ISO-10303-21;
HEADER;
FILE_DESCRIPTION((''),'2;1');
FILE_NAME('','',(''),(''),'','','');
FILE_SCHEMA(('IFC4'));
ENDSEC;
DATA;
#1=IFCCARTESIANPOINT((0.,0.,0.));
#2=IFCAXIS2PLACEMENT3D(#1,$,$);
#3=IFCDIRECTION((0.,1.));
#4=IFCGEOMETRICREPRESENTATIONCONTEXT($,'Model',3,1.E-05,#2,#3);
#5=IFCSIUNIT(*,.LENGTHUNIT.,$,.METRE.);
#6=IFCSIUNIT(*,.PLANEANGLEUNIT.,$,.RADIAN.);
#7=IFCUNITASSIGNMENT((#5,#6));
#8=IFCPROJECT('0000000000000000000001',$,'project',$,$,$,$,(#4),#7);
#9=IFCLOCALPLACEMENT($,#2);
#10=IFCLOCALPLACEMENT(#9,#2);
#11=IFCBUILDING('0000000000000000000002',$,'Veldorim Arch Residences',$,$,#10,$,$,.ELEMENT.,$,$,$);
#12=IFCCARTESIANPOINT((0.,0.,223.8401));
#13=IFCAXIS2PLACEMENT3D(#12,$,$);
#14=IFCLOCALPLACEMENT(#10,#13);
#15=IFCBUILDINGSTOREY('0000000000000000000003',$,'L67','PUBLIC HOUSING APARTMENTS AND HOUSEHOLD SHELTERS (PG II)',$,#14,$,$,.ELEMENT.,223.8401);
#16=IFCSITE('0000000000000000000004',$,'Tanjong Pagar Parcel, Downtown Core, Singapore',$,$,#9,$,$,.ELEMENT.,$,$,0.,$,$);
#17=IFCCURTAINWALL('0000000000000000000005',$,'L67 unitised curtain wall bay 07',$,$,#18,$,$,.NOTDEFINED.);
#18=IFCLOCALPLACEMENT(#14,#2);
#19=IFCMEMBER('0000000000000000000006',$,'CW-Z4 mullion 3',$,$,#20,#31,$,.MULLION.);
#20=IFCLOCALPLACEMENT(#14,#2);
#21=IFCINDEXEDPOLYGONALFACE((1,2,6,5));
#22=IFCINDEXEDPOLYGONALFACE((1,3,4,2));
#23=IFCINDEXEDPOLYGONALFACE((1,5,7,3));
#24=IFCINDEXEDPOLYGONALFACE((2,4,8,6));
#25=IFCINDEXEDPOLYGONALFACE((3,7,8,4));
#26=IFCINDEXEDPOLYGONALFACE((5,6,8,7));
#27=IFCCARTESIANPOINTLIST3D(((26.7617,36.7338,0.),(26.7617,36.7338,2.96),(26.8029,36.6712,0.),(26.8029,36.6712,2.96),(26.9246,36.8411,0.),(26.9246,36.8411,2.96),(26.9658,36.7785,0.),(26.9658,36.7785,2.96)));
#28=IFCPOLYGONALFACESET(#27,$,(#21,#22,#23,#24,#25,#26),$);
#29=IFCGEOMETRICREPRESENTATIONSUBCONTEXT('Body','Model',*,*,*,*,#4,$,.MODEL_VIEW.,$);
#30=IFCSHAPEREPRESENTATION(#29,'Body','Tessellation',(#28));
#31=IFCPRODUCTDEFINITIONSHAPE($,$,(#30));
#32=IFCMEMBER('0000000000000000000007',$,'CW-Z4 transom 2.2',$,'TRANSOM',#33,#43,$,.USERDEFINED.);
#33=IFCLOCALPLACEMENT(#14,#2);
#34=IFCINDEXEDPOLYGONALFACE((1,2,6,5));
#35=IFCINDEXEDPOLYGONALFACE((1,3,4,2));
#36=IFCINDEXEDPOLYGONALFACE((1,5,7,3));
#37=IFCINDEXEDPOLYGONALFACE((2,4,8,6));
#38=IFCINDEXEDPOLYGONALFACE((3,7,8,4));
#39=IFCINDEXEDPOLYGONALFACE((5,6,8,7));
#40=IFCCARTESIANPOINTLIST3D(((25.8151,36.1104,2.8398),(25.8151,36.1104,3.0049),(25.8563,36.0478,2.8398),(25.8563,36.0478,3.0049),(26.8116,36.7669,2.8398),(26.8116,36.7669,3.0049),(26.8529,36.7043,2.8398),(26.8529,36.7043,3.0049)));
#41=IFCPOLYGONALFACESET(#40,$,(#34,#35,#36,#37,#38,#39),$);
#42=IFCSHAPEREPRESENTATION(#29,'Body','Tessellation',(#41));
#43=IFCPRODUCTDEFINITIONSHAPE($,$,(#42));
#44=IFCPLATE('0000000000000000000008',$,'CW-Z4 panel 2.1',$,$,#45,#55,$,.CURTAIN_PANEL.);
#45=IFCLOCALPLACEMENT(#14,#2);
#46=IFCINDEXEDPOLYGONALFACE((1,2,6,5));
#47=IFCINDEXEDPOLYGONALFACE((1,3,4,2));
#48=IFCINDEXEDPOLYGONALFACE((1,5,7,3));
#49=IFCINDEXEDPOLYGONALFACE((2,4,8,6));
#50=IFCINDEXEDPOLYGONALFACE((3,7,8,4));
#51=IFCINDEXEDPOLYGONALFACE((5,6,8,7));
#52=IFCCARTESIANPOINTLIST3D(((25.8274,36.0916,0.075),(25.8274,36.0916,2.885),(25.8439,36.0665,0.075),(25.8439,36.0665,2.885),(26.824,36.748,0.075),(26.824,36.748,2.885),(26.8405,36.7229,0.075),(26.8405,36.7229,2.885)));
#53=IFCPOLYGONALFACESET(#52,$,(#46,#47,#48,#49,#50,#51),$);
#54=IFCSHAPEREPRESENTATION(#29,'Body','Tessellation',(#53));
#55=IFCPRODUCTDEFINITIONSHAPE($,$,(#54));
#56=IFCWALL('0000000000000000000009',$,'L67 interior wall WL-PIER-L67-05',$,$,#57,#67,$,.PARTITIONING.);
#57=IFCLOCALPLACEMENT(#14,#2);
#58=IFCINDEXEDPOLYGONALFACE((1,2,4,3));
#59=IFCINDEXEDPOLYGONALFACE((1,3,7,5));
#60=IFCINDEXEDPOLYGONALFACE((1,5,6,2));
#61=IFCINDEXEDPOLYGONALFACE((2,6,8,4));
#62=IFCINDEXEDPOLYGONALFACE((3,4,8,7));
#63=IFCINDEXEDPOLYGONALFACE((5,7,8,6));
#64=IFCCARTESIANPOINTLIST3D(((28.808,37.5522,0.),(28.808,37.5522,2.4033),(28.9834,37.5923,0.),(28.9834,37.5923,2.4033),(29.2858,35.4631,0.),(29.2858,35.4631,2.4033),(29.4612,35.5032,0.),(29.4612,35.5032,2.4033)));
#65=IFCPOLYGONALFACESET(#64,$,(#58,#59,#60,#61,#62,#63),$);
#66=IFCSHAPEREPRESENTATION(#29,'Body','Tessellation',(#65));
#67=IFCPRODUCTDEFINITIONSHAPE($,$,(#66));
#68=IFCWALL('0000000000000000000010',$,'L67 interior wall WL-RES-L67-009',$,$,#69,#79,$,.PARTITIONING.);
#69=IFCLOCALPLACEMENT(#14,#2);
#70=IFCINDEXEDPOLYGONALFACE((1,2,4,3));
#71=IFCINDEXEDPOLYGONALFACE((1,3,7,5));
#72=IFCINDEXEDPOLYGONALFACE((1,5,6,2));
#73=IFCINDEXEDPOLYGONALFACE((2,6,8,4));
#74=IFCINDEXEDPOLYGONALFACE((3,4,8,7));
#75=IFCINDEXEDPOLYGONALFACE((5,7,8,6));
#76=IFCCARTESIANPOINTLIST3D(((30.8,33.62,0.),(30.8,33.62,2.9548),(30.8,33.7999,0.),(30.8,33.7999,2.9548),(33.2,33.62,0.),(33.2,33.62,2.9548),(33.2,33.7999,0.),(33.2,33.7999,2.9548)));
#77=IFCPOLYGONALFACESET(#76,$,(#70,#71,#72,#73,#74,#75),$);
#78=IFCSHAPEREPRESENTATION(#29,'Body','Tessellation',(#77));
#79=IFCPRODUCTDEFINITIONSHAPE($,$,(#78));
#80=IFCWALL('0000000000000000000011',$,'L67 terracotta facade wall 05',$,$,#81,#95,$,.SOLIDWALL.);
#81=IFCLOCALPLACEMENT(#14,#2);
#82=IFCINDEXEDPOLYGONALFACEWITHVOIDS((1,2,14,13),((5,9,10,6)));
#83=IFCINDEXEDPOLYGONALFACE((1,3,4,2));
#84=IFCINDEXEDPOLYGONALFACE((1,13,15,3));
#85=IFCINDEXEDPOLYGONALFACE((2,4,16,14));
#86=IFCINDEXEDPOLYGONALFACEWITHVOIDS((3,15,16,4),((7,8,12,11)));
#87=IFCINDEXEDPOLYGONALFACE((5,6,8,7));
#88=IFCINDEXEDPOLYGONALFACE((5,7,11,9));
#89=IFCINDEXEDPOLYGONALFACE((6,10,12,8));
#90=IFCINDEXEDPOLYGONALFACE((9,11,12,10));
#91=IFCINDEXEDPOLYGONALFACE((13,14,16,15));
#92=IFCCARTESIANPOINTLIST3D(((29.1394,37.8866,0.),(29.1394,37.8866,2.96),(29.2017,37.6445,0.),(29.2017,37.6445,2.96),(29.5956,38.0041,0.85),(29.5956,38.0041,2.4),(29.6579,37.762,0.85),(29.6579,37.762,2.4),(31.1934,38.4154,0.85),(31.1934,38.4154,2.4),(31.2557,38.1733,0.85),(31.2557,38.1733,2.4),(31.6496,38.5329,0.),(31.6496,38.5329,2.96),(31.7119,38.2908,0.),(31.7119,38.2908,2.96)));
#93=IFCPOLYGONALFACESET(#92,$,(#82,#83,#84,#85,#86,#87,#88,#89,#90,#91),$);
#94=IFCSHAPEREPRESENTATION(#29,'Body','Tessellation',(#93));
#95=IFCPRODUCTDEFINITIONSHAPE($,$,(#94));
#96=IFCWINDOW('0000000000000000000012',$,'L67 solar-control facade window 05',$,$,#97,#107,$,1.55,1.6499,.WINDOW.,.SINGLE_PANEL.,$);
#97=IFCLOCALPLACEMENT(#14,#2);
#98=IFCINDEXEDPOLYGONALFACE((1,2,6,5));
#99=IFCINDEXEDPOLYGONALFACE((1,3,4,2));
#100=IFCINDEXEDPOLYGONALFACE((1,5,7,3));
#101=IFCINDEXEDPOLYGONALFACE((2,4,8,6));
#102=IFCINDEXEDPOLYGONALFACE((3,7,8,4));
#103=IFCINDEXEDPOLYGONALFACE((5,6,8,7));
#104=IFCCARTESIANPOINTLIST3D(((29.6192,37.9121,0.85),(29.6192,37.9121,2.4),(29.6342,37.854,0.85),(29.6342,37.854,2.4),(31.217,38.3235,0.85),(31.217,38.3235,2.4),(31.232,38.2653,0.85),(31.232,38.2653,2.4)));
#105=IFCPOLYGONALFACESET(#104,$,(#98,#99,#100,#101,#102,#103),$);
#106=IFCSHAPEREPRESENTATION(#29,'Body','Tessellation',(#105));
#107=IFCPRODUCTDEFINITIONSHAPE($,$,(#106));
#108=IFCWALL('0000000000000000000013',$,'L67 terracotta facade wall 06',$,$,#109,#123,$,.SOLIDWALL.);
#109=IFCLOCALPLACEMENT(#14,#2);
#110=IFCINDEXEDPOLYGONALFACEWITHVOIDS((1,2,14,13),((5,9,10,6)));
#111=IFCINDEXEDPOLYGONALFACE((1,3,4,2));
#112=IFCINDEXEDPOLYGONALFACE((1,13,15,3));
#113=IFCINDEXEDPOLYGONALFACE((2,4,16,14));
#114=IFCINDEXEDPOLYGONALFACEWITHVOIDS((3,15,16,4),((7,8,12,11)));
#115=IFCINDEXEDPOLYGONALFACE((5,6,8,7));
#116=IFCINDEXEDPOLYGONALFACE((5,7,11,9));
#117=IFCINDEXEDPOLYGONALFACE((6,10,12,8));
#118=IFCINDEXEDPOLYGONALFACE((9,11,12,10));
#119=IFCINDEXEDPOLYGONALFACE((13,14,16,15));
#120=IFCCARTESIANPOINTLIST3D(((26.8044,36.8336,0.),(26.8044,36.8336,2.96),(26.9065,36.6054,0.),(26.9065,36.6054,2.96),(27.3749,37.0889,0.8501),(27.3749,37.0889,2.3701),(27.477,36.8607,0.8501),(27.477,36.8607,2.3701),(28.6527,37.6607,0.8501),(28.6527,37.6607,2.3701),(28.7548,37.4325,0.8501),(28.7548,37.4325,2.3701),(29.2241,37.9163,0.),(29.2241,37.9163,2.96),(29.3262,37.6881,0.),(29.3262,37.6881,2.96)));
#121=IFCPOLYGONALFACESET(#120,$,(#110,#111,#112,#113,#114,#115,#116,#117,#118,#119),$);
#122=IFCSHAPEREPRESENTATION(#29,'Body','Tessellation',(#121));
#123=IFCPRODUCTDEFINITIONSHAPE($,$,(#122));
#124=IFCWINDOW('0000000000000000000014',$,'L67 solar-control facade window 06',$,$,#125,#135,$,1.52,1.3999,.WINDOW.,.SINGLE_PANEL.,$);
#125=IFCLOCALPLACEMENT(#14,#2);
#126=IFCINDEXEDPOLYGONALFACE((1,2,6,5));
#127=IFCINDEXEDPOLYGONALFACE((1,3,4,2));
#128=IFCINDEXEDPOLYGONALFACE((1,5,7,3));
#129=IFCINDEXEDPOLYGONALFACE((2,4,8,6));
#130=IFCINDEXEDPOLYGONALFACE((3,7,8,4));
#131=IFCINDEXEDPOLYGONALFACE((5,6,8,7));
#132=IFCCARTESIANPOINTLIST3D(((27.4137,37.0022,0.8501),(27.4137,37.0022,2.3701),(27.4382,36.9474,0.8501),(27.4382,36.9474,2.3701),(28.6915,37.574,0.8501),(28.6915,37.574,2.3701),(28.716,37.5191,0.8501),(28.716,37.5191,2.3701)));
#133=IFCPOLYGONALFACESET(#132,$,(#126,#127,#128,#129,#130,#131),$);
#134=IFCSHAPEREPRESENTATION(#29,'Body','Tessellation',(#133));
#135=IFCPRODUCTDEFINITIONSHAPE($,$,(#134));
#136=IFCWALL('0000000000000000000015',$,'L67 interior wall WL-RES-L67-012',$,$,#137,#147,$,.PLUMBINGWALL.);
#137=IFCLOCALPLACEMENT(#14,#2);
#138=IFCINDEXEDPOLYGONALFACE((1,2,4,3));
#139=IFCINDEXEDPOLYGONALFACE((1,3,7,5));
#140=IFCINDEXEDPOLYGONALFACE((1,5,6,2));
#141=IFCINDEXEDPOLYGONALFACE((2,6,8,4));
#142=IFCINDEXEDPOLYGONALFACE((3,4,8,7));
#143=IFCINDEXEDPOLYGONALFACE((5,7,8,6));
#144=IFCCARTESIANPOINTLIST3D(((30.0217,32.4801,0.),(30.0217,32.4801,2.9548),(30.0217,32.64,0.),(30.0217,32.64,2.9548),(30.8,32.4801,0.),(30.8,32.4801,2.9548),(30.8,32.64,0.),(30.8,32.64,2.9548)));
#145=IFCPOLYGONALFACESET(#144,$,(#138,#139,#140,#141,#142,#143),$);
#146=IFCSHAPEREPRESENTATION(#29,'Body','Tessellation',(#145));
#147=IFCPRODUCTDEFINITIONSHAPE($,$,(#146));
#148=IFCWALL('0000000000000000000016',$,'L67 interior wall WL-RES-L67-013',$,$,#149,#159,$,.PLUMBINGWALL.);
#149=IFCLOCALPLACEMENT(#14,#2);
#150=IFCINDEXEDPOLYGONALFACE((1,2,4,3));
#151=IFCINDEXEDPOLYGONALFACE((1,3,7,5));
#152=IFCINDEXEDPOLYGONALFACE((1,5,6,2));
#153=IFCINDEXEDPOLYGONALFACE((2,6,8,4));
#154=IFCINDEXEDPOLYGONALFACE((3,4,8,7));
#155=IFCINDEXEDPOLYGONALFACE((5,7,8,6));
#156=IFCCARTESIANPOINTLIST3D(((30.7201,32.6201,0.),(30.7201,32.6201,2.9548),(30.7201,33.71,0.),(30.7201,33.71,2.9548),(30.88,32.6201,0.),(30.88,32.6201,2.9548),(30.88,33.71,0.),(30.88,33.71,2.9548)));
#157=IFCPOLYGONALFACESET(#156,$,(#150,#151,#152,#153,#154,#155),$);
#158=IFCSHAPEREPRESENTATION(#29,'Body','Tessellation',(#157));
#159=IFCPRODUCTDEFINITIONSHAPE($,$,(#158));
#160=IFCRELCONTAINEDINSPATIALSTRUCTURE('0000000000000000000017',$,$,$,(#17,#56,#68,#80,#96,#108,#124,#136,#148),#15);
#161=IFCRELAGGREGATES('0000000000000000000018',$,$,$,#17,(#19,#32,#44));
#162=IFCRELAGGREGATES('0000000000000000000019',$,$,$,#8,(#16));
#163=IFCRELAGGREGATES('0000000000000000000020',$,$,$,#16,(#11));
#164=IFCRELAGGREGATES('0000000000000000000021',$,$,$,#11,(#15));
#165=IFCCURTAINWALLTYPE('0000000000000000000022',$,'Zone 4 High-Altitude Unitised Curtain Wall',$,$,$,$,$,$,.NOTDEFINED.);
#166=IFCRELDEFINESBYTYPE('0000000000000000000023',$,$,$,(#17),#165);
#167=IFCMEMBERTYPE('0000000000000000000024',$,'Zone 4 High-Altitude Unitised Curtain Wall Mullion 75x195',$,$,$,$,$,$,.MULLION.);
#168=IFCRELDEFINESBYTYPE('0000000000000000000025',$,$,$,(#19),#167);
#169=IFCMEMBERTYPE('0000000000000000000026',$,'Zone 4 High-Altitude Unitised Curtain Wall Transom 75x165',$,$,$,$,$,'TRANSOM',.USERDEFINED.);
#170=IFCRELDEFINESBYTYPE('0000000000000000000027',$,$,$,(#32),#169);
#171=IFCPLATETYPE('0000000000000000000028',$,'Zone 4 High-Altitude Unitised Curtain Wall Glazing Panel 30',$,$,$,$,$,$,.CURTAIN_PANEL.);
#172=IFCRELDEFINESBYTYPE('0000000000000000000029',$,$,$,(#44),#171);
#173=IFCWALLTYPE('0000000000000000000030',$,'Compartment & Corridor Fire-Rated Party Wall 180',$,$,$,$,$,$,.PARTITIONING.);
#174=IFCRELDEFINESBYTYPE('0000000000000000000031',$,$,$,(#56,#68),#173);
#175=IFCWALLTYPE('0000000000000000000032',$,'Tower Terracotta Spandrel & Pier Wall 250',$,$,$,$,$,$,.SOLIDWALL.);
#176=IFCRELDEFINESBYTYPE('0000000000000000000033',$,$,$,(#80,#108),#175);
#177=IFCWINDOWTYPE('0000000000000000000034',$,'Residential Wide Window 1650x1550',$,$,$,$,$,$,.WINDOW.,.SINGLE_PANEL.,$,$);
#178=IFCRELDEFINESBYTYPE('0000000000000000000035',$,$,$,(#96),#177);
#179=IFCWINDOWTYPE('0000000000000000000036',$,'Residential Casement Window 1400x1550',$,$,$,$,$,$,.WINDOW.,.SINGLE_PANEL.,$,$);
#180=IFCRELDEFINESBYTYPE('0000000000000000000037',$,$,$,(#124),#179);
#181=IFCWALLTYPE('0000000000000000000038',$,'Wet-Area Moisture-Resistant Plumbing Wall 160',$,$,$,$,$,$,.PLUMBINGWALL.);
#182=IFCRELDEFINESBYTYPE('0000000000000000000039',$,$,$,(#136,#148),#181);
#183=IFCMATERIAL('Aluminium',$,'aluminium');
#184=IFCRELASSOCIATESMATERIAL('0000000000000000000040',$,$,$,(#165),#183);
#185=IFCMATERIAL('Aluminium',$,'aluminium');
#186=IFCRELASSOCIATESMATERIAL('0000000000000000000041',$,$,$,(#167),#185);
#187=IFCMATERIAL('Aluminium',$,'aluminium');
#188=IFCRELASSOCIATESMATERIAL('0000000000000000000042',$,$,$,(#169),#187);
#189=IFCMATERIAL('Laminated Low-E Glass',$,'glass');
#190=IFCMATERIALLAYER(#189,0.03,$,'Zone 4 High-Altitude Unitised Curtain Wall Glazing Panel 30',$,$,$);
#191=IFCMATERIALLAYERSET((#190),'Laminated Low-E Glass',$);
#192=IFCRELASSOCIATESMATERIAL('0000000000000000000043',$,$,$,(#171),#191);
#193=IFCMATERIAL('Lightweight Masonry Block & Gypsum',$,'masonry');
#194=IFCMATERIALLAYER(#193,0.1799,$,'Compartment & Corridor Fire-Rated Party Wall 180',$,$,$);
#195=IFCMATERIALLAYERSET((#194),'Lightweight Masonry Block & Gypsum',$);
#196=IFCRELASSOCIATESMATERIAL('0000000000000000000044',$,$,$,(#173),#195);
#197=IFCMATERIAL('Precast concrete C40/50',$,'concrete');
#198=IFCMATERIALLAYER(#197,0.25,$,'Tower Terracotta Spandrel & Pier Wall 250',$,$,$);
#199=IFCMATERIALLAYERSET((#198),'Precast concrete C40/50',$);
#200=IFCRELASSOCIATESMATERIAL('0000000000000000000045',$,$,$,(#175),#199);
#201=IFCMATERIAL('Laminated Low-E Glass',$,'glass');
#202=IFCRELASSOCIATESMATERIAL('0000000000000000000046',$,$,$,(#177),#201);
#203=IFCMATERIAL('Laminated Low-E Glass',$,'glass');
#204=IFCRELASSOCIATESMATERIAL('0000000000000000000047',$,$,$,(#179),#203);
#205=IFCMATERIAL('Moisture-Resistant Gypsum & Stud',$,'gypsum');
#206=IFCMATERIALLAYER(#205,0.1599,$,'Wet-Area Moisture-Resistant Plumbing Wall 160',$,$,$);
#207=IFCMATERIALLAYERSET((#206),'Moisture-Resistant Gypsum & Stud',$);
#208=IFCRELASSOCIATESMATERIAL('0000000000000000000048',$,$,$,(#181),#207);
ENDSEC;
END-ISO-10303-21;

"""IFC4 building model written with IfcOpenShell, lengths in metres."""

from ifc_helpers import new_model, si_unit, direction, frame, frame_2d, origin, origin_2d, place, context, subcontext, project, spatial, rectangle, extrude, material, layer, layer_set, material_profile, profile_set, type_object, element, fill, aggregate, save


model = new_model("IFC4")

# Units and contexts
model_context = context("Model", 3, precision=1e-05, world=origin(), true_north=direction((0.0, 1.0)))
body_context = subcontext(model_context, "Body", "Model", "MODEL_VIEW")
ifc_project = project(units=[si_unit("LENGTHUNIT", "METRE"), si_unit("PLANEANGLEUNIT", "RADIAN")], contexts=[model_context])

# Site, building, storey
site_placement = place(None, origin())
site = spatial("IfcSite", under=ifc_project, at=site_placement, Name="Tanjong Pagar Parcel, Downtown Core, Singapore", CompositionType="ELEMENT", RefElevation=0.0)
building_placement = place(site_placement, origin())
building = spatial("IfcBuilding", under=site, at=building_placement, Name="Veldorim Arch Residences", CompositionType="ELEMENT")
storey_placement = place(building_placement, frame((0.0, 0.0, 223.8401)))
storey = spatial("IfcBuildingStorey", under=building, at=storey_placement, Name="L67", Description="PUBLIC HOUSING APARTMENTS AND HOUSEHOLD SHELTERS (PG II)", CompositionType="ELEMENT", Elevation=223.8401)

# Curtain wall, members, plate
ifc_material_1 = material(Name="Aluminium", Category="aluminium")
curtain_wall_type = type_object("IfcCurtainWallType", Name="Zone 4 High-Altitude Unitised Curtain Wall", PredefinedType="NOTDEFINED", material=ifc_material_1)
curtain_wall_placement = place(storey_placement, origin())
curtain_wall = element("IfcCurtainWall", 1, at=curtain_wall_placement, inside=storey, type_object=curtain_wall_type, Name="L67 unitised curtain wall bay 07", PredefinedType="NOTDEFINED")
ifc_material_2 = material(Name="Aluminium", Category="aluminium")
ifc_material_profile_1 = material_profile(ifc_material_2, rectangle(XDim=0.075, YDim=0.1951, at=origin_2d()), Name="ALU_MUL_75x195")
ifc_profile_set_1 = profile_set([ifc_material_profile_1], Name="Aluminium")
member_type_1 = type_object("IfcMemberType", Name="Zone 4 High-Altitude Unitised Curtain Wall Mullion 75x195", PredefinedType="MULLION", material=ifc_profile_set_1)
member_1_placement = place(storey_placement, frame((26.8638, 36.7561, 0.0), z_axis=(0.0, 0.0, 1.0), x_axis=(-0.550062, 0.835124, 0.0)))
member_1 = element("IfcMember", 2, at=member_1_placement, type_object=member_type_1, Name="CW-Z4 mullion 3", PredefinedType="MULLION", context=body_context, shape_type="SweptSolid", body=[
    extrude(rectangle(XDim=0.075, YDim=0.1951, at=origin_2d()), origin(), (0.0, 0.0, 1.0), 2.96),
])
ifc_material_3 = material(Name="Aluminium", Category="aluminium")
ifc_material_profile_2 = material_profile(ifc_material_3, rectangle(XDim=0.075, YDim=0.165, at=origin_2d()), Name="ALU_TRN_75x165")
ifc_profile_set_2 = profile_set([ifc_material_profile_2], Name="Aluminium")
member_type_2 = type_object("IfcMemberType", Name="Zone 4 High-Altitude Unitised Curtain Wall Transom 75x165", ElementType="TRANSOM", PredefinedType="USERDEFINED", material=ifc_profile_set_2)
member_2_placement = place(storey_placement, frame((25.8357, 36.0791, 2.9224), z_axis=(0.835091, 0.550112, 0.0), x_axis=(-0.550112, 0.835091, 0.0)))
member_2 = element("IfcMember", 3, at=member_2_placement, type_object=member_type_2, Name="CW-Z4 transom 2.2", ObjectType="TRANSOM", PredefinedType="USERDEFINED", context=body_context, shape_type="SweptSolid", body=[
    extrude(rectangle(XDim=0.075, YDim=0.165, at=origin_2d()), origin(), (0.0, 0.0, 1.0), 1.1934),
])
ifc_material_4 = material(Name="Laminated Low-E Glass", Category="glass")
ifc_layer_1 = layer(ifc_material_4, 0.03, Name="Zone 4 High-Altitude Unitised Curtain Wall Glazing Panel 30")
ifc_layer_set_1 = layer_set([ifc_layer_1], Name="Laminated Low-E Glass")
plate_type = type_object("IfcPlateType", Name="Zone 4 High-Altitude Unitised Curtain Wall Glazing Panel 30", PredefinedType="CURTAIN_PANEL", material=ifc_layer_set_1)
plate_placement = place(storey_placement, frame((26.334, 36.4072, 0.075), z_axis=(0.0, 0.0, 1.0), x_axis=(0.835124, 0.550062, 0.0)))
plate = element("IfcPlate", 4, at=plate_placement, type_object=plate_type, Name="CW-Z4 panel 2.1", PredefinedType="CURTAIN_PANEL", context=body_context, shape_type="SweptSolid", body=[
    extrude(rectangle(XDim=1.1934, YDim=0.03, at=origin_2d()), origin(), (0.0, 0.0, 1.0), 2.8101),
])
aggregate(curtain_wall, [member_1, member_2, plate])

# Walls
ifc_material_5 = material(Name="Lightweight Masonry Block & Gypsum", Category="masonry")
ifc_layer_2 = layer(ifc_material_5, 0.1799, Name="Compartment & Corridor Fire-Rated Party Wall 180")
ifc_layer_set_2 = layer_set([ifc_layer_2], Name="Lightweight Masonry Block & Gypsum")
wall_type_1 = type_object("IfcWallType", Name="Compartment & Corridor Fire-Rated Party Wall 180", PredefinedType="PARTITIONING", material=ifc_layer_set_2)
wall_1_placement = place(storey_placement, frame((29.3735, 35.4832, 0.0), z_axis=(0.0, 0.0, 1.0), x_axis=(-0.222945, 0.974831, 0.0)))
element("IfcWall", 5, at=wall_1_placement, inside=storey, type_object=wall_type_1, Name="L67 interior wall WL-PIER-L67-05", PredefinedType="PARTITIONING", context=body_context, shape_type="SweptSolid", body=[
    extrude(rectangle(XDim=2.1431, YDim=0.1799, at=frame_2d((1.0715, 0.0))), origin(), (0.0, 0.0, 1.0), 2.4033),
])
wall_2_placement = place(storey_placement, frame((30.8, 33.71, 0.0), z_axis=(0.0, 0.0, 1.0), x_axis=(1.0, 0.0, 0.0)))
element("IfcWall", 6, at=wall_2_placement, inside=storey, type_object=wall_type_1, Name="L67 interior wall WL-RES-L67-009", PredefinedType="PARTITIONING", context=body_context, shape_type="SweptSolid", body=[
    extrude(rectangle(XDim=2.3999, YDim=0.1799, at=frame_2d((1.2, 0.0))), origin(), (0.0, 0.0, 1.0), 2.9548),
])

# Walls, openings, windows
ifc_material_6 = material(Name="Precast concrete C40/50", Category="concrete")
ifc_layer_3 = layer(ifc_material_6, 0.25, Name="Tower Terracotta Spandrel & Pier Wall 250")
ifc_layer_set_3 = layer_set([ifc_layer_3], Name="Precast concrete C40/50")
wall_type_2 = type_object("IfcWallType", Name="Tower Terracotta Spandrel & Pier Wall 250", PredefinedType="SOLIDWALL", material=ifc_layer_set_3)
wall_3_placement = place(storey_placement, frame((29.1707, 37.7656, 0.0), z_axis=(0.0, 0.0, 1.0), x_axis=(0.968423, 0.249311, 0.0)))
wall_3 = element("IfcWall", 7, at=wall_3_placement, inside=storey, type_object=wall_type_2, Name="L67 terracotta facade wall 05", PredefinedType="SOLIDWALL", context=body_context, shape_type="SweptSolid", body=[
    extrude(rectangle(XDim=2.592, YDim=0.25, at=frame_2d((1.2959, 0.0))), origin(), (0.0, 0.0, 1.0), 2.96),
])
opening_1_placement = place(wall_3_placement, frame((0.4709, 0.0, 0.8501)))
opening_1 = element("IfcOpeningElement", 8, at=opening_1_placement, cuts=wall_3, PredefinedType="OPENING", context=body_context, shape_type="SweptSolid", body=[
    extrude(rectangle(XDim=1.6499, YDim=1.55, at=frame_2d((0.825, 0.7749))), frame((0.0, 0.135, 0.0), z_axis=(0.0, -1.0, 0.0), x_axis=(1.0, 0.0, 0.0)), (0.0, 0.0, 1.0), 0.27),
])
ifc_material_7 = material(Name="Laminated Low-E Glass", Category="glass")
window_type_1 = type_object("IfcWindowType", Name="Residential Wide Window 1650x1550", PartitioningType="SINGLE_PANEL", PredefinedType="WINDOW", material=ifc_material_7)
window_1_placement = place(opening_1_placement, origin())
window_1 = element("IfcWindow", 9, at=window_1_placement, inside=storey, type_object=window_type_1, Name="L67 solar-control facade window 05", OverallHeight=1.55, OverallWidth=1.6499, PartitioningType="SINGLE_PANEL", PredefinedType="WINDOW", context=body_context, shape_type="SweptSolid", body=[
    extrude(rectangle(XDim=1.6499, YDim=1.55, at=frame_2d((0.825, 0.7749))), frame((0.0, 0.03, 0.0), z_axis=(0.0, -1.0, 0.0), x_axis=(1.0, 0.0, 0.0)), (0.0, 0.0, 1.0), 0.0601),
])
fill(opening_1, window_1)
wall_4_placement = place(storey_placement, frame((26.8555, 36.7195, 0.0), z_axis=(0.0, 0.0, 1.0), x_axis=(0.912779, 0.408453, 0.0)))
wall_4 = element("IfcWall", 10, at=wall_4_placement, inside=storey, type_object=wall_type_2, Name="L67 terracotta facade wall 06", PredefinedType="SOLIDWALL", context=body_context, shape_type="SweptSolid", body=[
    extrude(rectangle(XDim=2.6509, YDim=0.25, at=frame_2d((1.3254, 0.0))), origin(), (0.0, 0.0, 1.0), 2.96),
])
opening_2_placement = place(wall_4_placement, frame((0.625, 0.0, 0.8501)))
opening_2 = element("IfcOpeningElement", 11, at=opening_2_placement, cuts=wall_4, PredefinedType="OPENING", context=body_context, shape_type="SweptSolid", body=[
    extrude(rectangle(XDim=1.3999, YDim=1.52, at=frame_2d((0.7, 0.76))), frame((0.0, 0.135, 0.0), z_axis=(0.0, -1.0, 0.0), x_axis=(1.0, 0.0, 0.0)), (0.0, 0.0, 1.0), 0.27),
])
ifc_material_8 = material(Name="Laminated Low-E Glass", Category="glass")
window_type_2 = type_object("IfcWindowType", Name="Residential Casement Window 1400x1550", PartitioningType="SINGLE_PANEL", PredefinedType="WINDOW", material=ifc_material_8)
window_2_placement = place(opening_2_placement, origin())
window_2 = element("IfcWindow", 12, at=window_2_placement, inside=storey, type_object=window_type_2, Name="L67 solar-control facade window 06", OverallHeight=1.52, OverallWidth=1.3999, PartitioningType="SINGLE_PANEL", PredefinedType="WINDOW", context=body_context, shape_type="SweptSolid", body=[
    extrude(rectangle(XDim=1.3999, YDim=1.52, at=frame_2d((0.7, 0.76))), frame((0.0, 0.03, 0.0), z_axis=(0.0, -1.0, 0.0), x_axis=(1.0, 0.0, 0.0)), (0.0, 0.0, 1.0), 0.0601),
])
fill(opening_2, window_2)

# Walls
ifc_material_9 = material(Name="Moisture-Resistant Gypsum & Stud", Category="gypsum")
ifc_layer_4 = layer(ifc_material_9, 0.1599, Name="Wet-Area Moisture-Resistant Plumbing Wall 160")
ifc_layer_set_4 = layer_set([ifc_layer_4], Name="Moisture-Resistant Gypsum & Stud")
wall_type_3 = type_object("IfcWallType", Name="Wet-Area Moisture-Resistant Plumbing Wall 160", PredefinedType="PLUMBINGWALL", material=ifc_layer_set_4)
wall_5_placement = place(storey_placement, frame((30.0217, 32.5601, 0.0), z_axis=(0.0, 0.0, 1.0), x_axis=(1.0, 0.0, 0.0)))
element("IfcWall", 13, at=wall_5_placement, inside=storey, type_object=wall_type_3, Name="L67 interior wall WL-RES-L67-012", PredefinedType="PLUMBINGWALL", context=body_context, shape_type="SweptSolid", body=[
    extrude(rectangle(XDim=0.7783, YDim=0.1599, at=frame_2d((0.3892, 0.0))), origin(), (0.0, 0.0, 1.0), 2.9548),
])
wall_6_placement = place(storey_placement, frame((30.8, 32.6201, 0.0), z_axis=(0.0, 0.0, 1.0), x_axis=(0.0, 1.0, 0.0)))
element("IfcWall", 14, at=wall_6_placement, inside=storey, type_object=wall_type_3, Name="L67 interior wall WL-RES-L67-013", PredefinedType="PLUMBINGWALL", context=body_context, shape_type="SweptSolid", body=[
    extrude(rectangle(XDim=1.0898, YDim=0.1599, at=frame_2d((0.5449, 0.0))), origin(), (0.0, 0.0, 1.0), 2.9548),
])

save(model, "model.ifc")
